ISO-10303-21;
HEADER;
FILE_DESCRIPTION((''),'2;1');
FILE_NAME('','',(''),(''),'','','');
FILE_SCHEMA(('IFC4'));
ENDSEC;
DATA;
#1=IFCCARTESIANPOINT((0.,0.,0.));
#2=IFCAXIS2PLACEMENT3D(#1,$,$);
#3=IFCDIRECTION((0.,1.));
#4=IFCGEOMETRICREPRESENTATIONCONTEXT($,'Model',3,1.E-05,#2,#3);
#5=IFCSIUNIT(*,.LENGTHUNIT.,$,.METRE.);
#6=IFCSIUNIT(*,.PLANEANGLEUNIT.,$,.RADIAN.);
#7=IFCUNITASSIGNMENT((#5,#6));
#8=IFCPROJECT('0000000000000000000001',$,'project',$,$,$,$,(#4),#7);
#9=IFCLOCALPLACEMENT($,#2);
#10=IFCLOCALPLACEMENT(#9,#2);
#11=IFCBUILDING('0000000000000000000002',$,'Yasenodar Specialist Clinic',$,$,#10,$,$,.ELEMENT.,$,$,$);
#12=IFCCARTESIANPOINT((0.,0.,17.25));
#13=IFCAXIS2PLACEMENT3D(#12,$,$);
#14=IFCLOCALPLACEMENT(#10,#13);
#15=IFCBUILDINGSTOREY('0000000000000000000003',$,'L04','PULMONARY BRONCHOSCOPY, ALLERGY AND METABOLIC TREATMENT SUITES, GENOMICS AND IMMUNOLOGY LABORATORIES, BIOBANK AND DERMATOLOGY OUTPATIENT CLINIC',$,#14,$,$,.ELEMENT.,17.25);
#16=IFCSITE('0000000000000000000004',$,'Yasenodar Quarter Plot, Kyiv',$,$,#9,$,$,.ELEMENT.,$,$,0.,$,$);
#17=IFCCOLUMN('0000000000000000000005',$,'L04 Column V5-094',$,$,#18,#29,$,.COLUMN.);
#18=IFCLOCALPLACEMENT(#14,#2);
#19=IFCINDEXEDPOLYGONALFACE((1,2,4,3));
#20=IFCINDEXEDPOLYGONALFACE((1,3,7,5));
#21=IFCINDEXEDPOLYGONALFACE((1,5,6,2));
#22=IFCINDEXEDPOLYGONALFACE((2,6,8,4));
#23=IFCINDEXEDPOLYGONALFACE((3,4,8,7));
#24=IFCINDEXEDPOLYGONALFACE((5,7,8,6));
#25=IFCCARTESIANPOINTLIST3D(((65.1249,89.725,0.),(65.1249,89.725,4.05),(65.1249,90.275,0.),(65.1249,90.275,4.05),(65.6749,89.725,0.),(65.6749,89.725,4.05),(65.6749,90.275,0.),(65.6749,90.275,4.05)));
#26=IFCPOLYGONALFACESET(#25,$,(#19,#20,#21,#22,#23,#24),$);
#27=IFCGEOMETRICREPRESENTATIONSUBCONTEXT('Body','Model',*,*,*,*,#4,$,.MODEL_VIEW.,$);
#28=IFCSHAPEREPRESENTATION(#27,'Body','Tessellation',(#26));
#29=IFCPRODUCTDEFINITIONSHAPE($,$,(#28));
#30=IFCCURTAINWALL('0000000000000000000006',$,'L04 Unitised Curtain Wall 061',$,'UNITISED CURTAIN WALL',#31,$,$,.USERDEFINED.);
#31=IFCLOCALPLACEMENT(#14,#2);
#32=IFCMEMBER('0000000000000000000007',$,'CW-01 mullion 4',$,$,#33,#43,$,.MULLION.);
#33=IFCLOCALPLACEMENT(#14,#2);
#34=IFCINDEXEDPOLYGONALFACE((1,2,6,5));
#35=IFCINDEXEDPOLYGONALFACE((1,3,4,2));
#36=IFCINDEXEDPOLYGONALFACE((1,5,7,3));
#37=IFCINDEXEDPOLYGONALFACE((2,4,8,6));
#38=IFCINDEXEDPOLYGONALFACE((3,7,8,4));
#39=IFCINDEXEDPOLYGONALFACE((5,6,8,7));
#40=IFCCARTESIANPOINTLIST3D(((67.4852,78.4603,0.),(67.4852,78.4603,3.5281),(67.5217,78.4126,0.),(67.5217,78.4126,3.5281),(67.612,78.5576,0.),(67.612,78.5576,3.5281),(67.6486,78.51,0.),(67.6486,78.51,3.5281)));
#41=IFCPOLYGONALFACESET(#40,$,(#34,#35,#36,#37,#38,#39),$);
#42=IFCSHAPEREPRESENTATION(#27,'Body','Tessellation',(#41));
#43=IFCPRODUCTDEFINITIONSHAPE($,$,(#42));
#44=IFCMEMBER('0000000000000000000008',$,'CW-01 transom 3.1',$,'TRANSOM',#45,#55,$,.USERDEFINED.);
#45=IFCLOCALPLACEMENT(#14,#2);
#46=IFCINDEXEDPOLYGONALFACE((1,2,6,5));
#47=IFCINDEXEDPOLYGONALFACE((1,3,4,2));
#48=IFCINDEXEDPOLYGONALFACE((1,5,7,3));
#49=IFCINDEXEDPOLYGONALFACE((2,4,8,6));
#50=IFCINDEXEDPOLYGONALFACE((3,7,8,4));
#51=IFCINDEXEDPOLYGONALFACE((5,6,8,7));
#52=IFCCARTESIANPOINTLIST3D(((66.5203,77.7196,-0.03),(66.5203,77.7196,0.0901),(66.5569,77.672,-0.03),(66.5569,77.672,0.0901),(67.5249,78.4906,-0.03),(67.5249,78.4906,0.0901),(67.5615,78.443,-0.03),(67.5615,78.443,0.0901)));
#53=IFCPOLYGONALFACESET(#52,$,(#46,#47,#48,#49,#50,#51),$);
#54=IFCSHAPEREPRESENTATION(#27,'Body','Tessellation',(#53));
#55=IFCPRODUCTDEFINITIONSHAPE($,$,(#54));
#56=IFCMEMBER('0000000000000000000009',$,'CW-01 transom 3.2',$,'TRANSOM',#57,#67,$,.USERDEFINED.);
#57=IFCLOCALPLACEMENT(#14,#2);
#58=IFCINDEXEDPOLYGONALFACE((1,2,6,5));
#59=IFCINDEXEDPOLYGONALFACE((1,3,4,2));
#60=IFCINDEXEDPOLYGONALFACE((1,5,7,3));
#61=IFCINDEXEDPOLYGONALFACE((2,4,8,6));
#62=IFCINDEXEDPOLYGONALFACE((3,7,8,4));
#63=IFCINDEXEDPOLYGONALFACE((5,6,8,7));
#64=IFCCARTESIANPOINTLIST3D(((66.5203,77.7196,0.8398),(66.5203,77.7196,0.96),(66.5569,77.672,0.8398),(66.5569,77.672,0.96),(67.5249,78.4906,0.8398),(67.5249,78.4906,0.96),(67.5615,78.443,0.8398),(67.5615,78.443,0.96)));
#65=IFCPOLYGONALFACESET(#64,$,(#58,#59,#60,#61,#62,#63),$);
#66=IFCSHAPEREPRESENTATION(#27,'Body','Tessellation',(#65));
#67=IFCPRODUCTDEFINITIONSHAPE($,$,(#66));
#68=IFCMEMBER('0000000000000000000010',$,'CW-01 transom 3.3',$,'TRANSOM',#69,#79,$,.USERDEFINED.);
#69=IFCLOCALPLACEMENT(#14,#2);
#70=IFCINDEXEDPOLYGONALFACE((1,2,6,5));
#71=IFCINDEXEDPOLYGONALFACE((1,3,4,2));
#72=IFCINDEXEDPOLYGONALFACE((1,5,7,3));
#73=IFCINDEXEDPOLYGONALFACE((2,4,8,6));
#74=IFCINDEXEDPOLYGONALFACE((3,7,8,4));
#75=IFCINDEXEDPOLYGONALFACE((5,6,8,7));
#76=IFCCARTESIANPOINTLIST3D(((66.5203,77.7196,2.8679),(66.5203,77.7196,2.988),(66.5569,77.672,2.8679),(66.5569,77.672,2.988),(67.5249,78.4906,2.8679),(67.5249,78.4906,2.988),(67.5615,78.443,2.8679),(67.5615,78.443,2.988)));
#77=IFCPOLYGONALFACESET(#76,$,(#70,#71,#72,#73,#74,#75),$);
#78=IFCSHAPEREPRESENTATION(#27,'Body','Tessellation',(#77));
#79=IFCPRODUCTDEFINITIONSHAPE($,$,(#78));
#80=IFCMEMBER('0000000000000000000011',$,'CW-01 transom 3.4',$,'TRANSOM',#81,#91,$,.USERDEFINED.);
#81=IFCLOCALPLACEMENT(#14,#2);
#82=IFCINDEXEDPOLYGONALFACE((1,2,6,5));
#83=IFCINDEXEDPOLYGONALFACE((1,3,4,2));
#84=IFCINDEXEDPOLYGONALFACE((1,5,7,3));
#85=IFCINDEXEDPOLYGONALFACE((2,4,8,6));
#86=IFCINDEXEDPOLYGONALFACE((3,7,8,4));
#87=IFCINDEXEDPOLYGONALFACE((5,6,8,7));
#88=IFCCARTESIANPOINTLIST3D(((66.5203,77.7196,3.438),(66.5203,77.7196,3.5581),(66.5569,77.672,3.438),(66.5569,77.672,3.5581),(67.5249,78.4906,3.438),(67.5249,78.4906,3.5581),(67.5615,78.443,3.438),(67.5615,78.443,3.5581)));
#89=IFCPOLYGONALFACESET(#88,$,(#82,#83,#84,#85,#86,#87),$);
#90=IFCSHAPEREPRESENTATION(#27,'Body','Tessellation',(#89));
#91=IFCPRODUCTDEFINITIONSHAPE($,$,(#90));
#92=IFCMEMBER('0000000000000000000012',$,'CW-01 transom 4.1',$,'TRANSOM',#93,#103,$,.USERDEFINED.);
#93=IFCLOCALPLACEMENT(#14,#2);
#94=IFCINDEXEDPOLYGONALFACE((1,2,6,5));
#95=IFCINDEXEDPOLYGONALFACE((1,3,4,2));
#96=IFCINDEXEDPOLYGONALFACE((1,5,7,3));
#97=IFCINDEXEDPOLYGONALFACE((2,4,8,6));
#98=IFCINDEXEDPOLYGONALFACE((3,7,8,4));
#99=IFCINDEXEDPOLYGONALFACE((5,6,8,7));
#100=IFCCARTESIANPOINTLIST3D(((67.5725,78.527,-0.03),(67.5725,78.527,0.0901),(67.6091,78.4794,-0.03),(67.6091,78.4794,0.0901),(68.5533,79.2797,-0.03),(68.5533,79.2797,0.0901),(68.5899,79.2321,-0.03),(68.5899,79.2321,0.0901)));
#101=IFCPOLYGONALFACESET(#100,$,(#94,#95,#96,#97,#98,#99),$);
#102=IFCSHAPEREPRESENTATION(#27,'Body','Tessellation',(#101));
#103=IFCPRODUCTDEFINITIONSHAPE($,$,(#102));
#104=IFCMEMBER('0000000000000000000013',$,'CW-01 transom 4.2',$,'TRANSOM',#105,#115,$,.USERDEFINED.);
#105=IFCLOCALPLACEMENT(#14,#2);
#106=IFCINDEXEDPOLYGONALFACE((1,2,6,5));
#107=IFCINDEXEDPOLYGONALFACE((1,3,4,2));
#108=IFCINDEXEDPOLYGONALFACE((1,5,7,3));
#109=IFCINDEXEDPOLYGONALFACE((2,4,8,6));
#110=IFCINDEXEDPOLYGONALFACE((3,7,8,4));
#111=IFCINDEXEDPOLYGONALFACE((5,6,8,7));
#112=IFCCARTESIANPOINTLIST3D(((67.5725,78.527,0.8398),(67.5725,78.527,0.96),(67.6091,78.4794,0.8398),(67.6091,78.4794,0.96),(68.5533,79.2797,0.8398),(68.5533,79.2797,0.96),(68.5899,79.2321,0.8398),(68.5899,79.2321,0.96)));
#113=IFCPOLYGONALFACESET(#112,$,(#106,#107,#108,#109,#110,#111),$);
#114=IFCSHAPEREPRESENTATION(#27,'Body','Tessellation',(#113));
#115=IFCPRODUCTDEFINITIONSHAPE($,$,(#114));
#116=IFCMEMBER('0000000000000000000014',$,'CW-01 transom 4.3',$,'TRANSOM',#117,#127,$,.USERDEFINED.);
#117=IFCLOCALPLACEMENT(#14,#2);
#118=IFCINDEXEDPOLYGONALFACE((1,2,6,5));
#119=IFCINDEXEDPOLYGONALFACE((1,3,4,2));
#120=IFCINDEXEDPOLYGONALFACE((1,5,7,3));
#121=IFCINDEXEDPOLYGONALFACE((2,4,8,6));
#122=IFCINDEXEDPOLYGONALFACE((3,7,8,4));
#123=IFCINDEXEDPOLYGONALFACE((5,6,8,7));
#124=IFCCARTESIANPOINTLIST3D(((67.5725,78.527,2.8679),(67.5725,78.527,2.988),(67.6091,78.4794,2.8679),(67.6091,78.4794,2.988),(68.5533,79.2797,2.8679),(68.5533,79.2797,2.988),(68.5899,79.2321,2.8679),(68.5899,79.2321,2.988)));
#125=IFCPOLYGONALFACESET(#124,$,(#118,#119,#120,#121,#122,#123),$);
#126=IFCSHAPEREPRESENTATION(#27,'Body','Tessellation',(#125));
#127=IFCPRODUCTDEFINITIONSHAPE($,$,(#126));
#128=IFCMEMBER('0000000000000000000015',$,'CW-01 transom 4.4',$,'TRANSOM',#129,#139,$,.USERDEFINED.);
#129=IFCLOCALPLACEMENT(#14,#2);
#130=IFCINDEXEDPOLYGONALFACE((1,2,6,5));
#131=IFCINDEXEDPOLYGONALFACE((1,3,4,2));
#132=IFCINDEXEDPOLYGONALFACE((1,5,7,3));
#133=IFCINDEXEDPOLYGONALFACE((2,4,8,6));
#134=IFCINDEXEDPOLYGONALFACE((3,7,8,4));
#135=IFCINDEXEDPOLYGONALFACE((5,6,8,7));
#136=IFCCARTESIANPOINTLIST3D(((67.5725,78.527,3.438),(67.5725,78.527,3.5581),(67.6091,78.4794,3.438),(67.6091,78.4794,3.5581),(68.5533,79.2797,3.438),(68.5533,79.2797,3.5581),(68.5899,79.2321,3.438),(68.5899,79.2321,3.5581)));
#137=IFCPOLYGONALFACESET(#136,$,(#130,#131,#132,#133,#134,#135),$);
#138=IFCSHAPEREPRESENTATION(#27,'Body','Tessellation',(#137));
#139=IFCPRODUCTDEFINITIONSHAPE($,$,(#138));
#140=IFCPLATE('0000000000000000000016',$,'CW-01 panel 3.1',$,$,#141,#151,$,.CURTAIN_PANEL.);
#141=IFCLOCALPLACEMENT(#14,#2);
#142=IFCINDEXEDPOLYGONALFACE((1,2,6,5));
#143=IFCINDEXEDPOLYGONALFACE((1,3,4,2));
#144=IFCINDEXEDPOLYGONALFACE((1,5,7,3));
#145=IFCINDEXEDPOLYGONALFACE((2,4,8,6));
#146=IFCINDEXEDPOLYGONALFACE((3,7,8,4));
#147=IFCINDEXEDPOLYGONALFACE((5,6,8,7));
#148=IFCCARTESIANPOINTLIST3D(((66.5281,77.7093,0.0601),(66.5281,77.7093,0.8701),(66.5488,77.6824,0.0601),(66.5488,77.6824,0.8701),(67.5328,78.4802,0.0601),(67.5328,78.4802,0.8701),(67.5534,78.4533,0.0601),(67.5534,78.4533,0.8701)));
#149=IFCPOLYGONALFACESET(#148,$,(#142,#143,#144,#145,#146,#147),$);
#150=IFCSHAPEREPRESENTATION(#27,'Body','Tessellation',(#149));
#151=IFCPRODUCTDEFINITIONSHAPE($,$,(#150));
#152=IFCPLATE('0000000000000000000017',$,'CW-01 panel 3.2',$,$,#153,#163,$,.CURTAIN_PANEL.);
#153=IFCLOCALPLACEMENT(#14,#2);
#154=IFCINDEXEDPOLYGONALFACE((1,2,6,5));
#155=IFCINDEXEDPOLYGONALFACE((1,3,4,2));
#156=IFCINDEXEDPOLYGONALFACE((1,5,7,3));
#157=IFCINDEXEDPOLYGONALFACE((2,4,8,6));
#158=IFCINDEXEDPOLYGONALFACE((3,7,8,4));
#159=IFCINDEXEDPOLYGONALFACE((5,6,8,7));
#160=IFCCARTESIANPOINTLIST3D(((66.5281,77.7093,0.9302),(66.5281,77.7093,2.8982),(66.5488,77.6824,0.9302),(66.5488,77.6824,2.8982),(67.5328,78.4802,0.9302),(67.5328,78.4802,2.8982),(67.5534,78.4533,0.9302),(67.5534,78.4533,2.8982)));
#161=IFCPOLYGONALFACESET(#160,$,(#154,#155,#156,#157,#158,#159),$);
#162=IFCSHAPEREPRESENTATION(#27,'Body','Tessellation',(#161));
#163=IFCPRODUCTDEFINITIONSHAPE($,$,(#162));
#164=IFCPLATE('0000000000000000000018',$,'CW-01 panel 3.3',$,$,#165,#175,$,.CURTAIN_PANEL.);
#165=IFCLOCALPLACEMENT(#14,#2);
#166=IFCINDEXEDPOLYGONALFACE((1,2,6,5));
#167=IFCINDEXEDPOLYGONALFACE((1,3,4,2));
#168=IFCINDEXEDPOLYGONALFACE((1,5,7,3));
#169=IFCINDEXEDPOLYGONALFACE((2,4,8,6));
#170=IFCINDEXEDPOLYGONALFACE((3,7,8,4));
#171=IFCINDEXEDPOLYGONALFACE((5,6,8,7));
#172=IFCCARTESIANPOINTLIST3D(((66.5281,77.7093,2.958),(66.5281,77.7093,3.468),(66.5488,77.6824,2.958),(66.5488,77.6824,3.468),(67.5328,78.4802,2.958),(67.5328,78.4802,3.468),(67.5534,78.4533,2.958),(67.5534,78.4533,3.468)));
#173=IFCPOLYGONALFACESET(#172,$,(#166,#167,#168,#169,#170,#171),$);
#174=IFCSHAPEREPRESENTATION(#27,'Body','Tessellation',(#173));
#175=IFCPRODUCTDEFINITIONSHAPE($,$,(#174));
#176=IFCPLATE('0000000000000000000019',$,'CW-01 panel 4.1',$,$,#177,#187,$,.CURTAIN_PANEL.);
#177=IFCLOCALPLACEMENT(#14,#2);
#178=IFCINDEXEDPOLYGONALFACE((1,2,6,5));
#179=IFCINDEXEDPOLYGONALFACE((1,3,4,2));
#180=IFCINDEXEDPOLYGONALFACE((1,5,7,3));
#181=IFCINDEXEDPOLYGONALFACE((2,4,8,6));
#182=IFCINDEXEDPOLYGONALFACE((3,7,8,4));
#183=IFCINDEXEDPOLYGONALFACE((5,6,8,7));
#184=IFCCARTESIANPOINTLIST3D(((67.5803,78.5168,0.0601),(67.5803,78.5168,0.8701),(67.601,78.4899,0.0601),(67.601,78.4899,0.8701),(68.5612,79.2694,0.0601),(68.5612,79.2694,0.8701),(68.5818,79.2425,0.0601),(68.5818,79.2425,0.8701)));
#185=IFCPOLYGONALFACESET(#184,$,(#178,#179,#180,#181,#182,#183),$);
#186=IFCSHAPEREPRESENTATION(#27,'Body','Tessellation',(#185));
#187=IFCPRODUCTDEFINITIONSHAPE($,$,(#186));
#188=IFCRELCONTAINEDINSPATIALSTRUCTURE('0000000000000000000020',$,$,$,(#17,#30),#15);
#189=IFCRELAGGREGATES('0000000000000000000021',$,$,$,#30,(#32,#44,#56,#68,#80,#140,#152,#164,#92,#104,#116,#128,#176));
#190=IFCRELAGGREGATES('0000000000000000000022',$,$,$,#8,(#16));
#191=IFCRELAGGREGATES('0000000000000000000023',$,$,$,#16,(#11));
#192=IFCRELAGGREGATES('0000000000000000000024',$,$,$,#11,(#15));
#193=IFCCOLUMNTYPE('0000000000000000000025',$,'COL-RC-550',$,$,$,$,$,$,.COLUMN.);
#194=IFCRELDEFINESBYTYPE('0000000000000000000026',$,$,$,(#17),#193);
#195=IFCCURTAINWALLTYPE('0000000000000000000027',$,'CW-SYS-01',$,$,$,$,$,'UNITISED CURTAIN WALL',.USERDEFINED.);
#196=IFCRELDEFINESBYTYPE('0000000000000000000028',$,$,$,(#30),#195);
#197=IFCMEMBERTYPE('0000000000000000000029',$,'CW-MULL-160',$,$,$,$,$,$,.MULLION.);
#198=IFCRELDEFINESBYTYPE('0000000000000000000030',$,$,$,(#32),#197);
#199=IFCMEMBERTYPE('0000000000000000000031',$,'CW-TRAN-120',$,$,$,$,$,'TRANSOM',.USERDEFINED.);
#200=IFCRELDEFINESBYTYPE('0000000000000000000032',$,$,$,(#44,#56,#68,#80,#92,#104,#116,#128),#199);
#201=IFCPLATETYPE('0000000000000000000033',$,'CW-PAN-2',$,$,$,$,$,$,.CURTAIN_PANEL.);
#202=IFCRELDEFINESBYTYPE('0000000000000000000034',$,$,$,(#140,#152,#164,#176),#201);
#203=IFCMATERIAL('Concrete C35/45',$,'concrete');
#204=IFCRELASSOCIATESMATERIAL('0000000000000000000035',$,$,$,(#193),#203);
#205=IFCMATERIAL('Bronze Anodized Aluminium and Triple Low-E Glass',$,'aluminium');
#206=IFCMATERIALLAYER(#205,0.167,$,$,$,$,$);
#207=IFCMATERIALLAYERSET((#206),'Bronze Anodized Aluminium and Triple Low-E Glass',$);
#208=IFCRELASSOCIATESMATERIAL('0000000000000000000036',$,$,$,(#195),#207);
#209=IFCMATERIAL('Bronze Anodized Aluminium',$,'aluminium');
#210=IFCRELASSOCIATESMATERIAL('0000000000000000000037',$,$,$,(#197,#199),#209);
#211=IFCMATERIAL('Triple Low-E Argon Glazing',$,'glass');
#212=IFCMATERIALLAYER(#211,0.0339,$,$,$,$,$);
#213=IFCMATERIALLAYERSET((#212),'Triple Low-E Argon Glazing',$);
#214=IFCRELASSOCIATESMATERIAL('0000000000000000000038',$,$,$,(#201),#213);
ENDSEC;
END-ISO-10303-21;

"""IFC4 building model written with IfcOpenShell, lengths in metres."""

from ifc_helpers import new_model, si_unit, direction, frame, origin, origin_2d, place, context, subcontext, project, spatial, rectangle, extrude, material, layer, layer_set, material_profile, profile_set, type_object, element, aggregate, save


model = new_model("IFC4")

# Units and contexts
model_context = context("Model", 3, precision=1e-05, world=origin(), true_north=direction((0.0, 1.0)))
body_context = subcontext(model_context, "Body", "Model", "MODEL_VIEW")
ifc_project = project(units=[si_unit("LENGTHUNIT", "METRE"), si_unit("PLANEANGLEUNIT", "RADIAN")], contexts=[model_context])

# Site, building, storey
site_placement = place(None, origin())
site = spatial("IfcSite", under=ifc_project, at=site_placement, Name="Yasenodar Quarter Plot, Kyiv", CompositionType="ELEMENT", RefElevation=0.0)
building_placement = place(site_placement, origin())
building = spatial("IfcBuilding", under=site, at=building_placement, Name="Yasenodar Specialist Clinic", CompositionType="ELEMENT")
storey_placement = place(building_placement, frame((0.0, 0.0, 17.25)))
storey = spatial("IfcBuildingStorey", under=building, at=storey_placement, Name="L04", Description="PULMONARY BRONCHOSCOPY, ALLERGY AND METABOLIC TREATMENT SUITES, GENOMICS AND IMMUNOLOGY LABORATORIES, BIOBANK AND DERMATOLOGY OUTPATIENT CLINIC", CompositionType="ELEMENT", Elevation=17.25)

# Column
ifc_material_1 = material(Name="Concrete C35/45", Category="concrete")
ifc_material_profile_1 = material_profile(ifc_material_1, rectangle(XDim=0.55, YDim=0.55, at=origin_2d()), Name="RC 550x550")
ifc_profile_set_1 = profile_set([ifc_material_profile_1], Name="Concrete C35/45")
column_type = type_object("IfcColumnType", Name="COL-RC-550", PredefinedType="COLUMN", material=ifc_profile_set_1)
column_placement = place(storey_placement, frame((65.3999, 90.0, 0.0), z_axis=(0.0, 0.0, 1.0), x_axis=(1.0, 0.0, 0.0)))
element("IfcColumn", 1, at=column_placement, inside=storey, type_object=column_type, Name="L04 Column V5-094", PredefinedType="COLUMN", context=body_context, shape_type="SweptSolid", body=[
    extrude(rectangle(XDim=0.55, YDim=0.55, at=origin_2d()), origin(), (0.0, 0.0, 1.0), 4.05),
])

# Curtain wall, members, plates
ifc_material_2 = material(Name="Bronze Anodized Aluminium and Triple Low-E Glass", Category="aluminium")
ifc_layer_1 = layer(ifc_material_2, 0.167)
ifc_layer_set_1 = layer_set([ifc_layer_1], Name="Bronze Anodized Aluminium and Triple Low-E Glass")
curtain_wall_type = type_object("IfcCurtainWallType", Name="CW-SYS-01", ElementType="UNITISED CURTAIN WALL", PredefinedType="USERDEFINED", material=ifc_layer_set_1)
curtain_wall_placement = place(storey_placement, origin())
curtain_wall = element("IfcCurtainWall", 2, at=curtain_wall_placement, inside=storey, type_object=curtain_wall_type, Name="L04 Unitised Curtain Wall 061", ObjectType="UNITISED CURTAIN WALL", PredefinedType="USERDEFINED")
ifc_material_3 = material(Name="Bronze Anodized Aluminium", Category="aluminium")
ifc_material_profile_2 = material_profile(ifc_material_3, rectangle(XDim=0.0601, YDim=0.1599, at=origin_2d()), Name="CW-MULL 60x160")
ifc_profile_set_2 = profile_set([ifc_material_profile_2], Name="Bronze Anodized Aluminium")
member_type_1 = type_object("IfcMemberType", Name="CW-MULL-160", PredefinedType="MULLION", material=ifc_profile_set_2)
member_1_placement = place(storey_placement, frame((67.5669, 78.4851, 0.0), z_axis=(0.0, 0.0, 1.0), x_axis=(-0.608752, 0.793361, 0.0)))
member_1 = element("IfcMember", 3, at=member_1_placement, type_object=member_type_1, Name="CW-01 mullion 4", PredefinedType="MULLION", context=body_context, shape_type="SweptSolid", body=[
    extrude(rectangle(XDim=0.0601, YDim=0.1599, at=origin_2d()), origin(), (0.0, 0.0, 1.0), 3.5281),
])
ifc_material_profile_3 = material_profile(ifc_material_3, rectangle(XDim=0.0601, YDim=0.1201, at=origin_2d()), Name="CW-TRAN 60x120")
ifc_profile_set_3 = profile_set([ifc_material_profile_3], Name="Bronze Anodized Aluminium")
member_type_2 = type_object("IfcMemberType", Name="CW-TRAN-120", ElementType="TRANSOM", PredefinedType="USERDEFINED", material=ifc_profile_set_3)
member_2_placement = place(storey_placement, frame((66.5386, 77.6958, 0.03), z_axis=(0.793311, 0.608816, 0.0), x_axis=(-0.608816, 0.793311, 0.0)))
member_2 = element("IfcMember", 4, at=member_2_placement, type_object=member_type_2, Name="CW-01 transom 3.1", ObjectType="TRANSOM", PredefinedType="USERDEFINED", context=body_context, shape_type="SweptSolid", body=[
    extrude(rectangle(XDim=0.0601, YDim=0.1201, at=origin_2d()), origin(), (0.0, 0.0, 1.0), 1.2664),
])
member_3_placement = place(storey_placement, frame((66.5386, 77.6958, 0.8999), z_axis=(0.793311, 0.608816, 0.0), x_axis=(-0.608816, 0.793311, 0.0)))
member_3 = element("IfcMember", 5, at=member_3_placement, type_object=member_type_2, Name="CW-01 transom 3.2", ObjectType="TRANSOM", PredefinedType="USERDEFINED", context=body_context, shape_type="SweptSolid", body=[
    extrude(rectangle(XDim=0.0601, YDim=0.1201, at=origin_2d()), origin(), (0.0, 0.0, 1.0), 1.2664),
])
member_4_placement = place(storey_placement, frame((66.5386, 77.6958, 2.928), z_axis=(0.793311, 0.608816, 0.0), x_axis=(-0.608816, 0.793311, 0.0)))
member_4 = element("IfcMember", 6, at=member_4_placement, type_object=member_type_2, Name="CW-01 transom 3.3", ObjectType="TRANSOM", PredefinedType="USERDEFINED", context=body_context, shape_type="SweptSolid", body=[
    extrude(rectangle(XDim=0.0601, YDim=0.1201, at=origin_2d()), origin(), (0.0, 0.0, 1.0), 1.2664),
])
member_5_placement = place(storey_placement, frame((66.5386, 77.6958, 3.498), z_axis=(0.793311, 0.608816, 0.0), x_axis=(-0.608816, 0.793311, 0.0)))
member_5 = element("IfcMember", 7, at=member_5_placement, type_object=member_type_2, Name="CW-01 transom 3.4", ObjectType="TRANSOM", PredefinedType="USERDEFINED", context=body_context, shape_type="SweptSolid", body=[
    extrude(rectangle(XDim=0.0601, YDim=0.1201, at=origin_2d()), origin(), (0.0, 0.0, 1.0), 1.2664),
])
member_6_placement = place(storey_placement, frame((67.5908, 78.5032, 0.03), z_axis=(0.793292, 0.608842, 0.0), x_axis=(-0.608842, 0.793292, 0.0)))
member_6 = element("IfcMember", 8, at=member_6_placement, type_object=member_type_2, Name="CW-01 transom 4.1", ObjectType="TRANSOM", PredefinedType="USERDEFINED", context=body_context, shape_type="SweptSolid", body=[
    extrude(rectangle(XDim=0.0601, YDim=0.1201, at=origin_2d()), origin(), (0.0, 0.0, 1.0), 1.2363),
])
member_7_placement = place(storey_placement, frame((67.5908, 78.5032, 0.8999), z_axis=(0.793292, 0.608842, 0.0), x_axis=(-0.608842, 0.793292, 0.0)))
member_7 = element("IfcMember", 9, at=member_7_placement, type_object=member_type_2, Name="CW-01 transom 4.2", ObjectType="TRANSOM", PredefinedType="USERDEFINED", context=body_context, shape_type="SweptSolid", body=[
    extrude(rectangle(XDim=0.0601, YDim=0.1201, at=origin_2d()), origin(), (0.0, 0.0, 1.0), 1.2363),
])
member_8_placement = place(storey_placement, frame((67.5908, 78.5032, 2.928), z_axis=(0.793292, 0.608842, 0.0), x_axis=(-0.608842, 0.793292, 0.0)))
member_8 = element("IfcMember", 10, at=member_8_placement, type_object=member_type_2, Name="CW-01 transom 4.3", ObjectType="TRANSOM", PredefinedType="USERDEFINED", context=body_context, shape_type="SweptSolid", body=[
    extrude(rectangle(XDim=0.0601, YDim=0.1201, at=origin_2d()), origin(), (0.0, 0.0, 1.0), 1.2363),
])
member_9_placement = place(storey_placement, frame((67.5908, 78.5032, 3.498), z_axis=(0.793292, 0.608842, 0.0), x_axis=(-0.608842, 0.793292, 0.0)))
member_9 = element("IfcMember", 11, at=member_9_placement, type_object=member_type_2, Name="CW-01 transom 4.4", ObjectType="TRANSOM", PredefinedType="USERDEFINED", context=body_context, shape_type="SweptSolid", body=[
    extrude(rectangle(XDim=0.0601, YDim=0.1201, at=origin_2d()), origin(), (0.0, 0.0, 1.0), 1.2363),
])
ifc_material_4 = material(Name="Triple Low-E Argon Glazing", Category="glass")
ifc_layer_2 = layer(ifc_material_4, 0.0339)
ifc_layer_set_2 = layer_set([ifc_layer_2], Name="Triple Low-E Argon Glazing")
plate_type_1 = type_object("IfcPlateType", Name="CW-PAN-2", PredefinedType="CURTAIN_PANEL", material=ifc_layer_set_2)
plate_1_placement = place(storey_placement, frame((67.0408, 78.0813, 0.0601), z_axis=(0.0, 0.0, 1.0), x_axis=(0.793361, 0.608752, 0.0)))
plate_1 = element("IfcPlate", 12, at=plate_1_placement, type_object=plate_type_1, Name="CW-01 panel 3.1", PredefinedType="CURTAIN_PANEL", context=body_context, shape_type="SweptSolid", body=[
    extrude(rectangle(XDim=1.2664, YDim=0.0339, at=origin_2d()), origin(), (0.0, 0.0, 1.0), 0.8101),
])
plate_2_placement = place(storey_placement, frame((67.0408, 78.0813, 0.9302), z_axis=(0.0, 0.0, 1.0), x_axis=(0.793361, 0.608752, 0.0)))
plate_2 = element("IfcPlate", 13, at=plate_2_placement, type_object=plate_type_1, Name="CW-01 panel 3.2", PredefinedType="CURTAIN_PANEL", context=body_context, shape_type="SweptSolid", body=[
    extrude(rectangle(XDim=1.2664, YDim=0.0339, at=origin_2d()), origin(), (0.0, 0.0, 1.0), 1.968),
])
plate_3_placement = place(storey_placement, frame((67.0408, 78.0813, 2.958), z_axis=(0.0, 0.0, 1.0), x_axis=(0.793361, 0.608752, 0.0)))
plate_3 = element("IfcPlate", 14, at=plate_3_placement, type_object=plate_type_1, Name="CW-01 panel 3.3", PredefinedType="CURTAIN_PANEL", context=body_context, shape_type="SweptSolid", body=[
    extrude(rectangle(XDim=1.2664, YDim=0.0339, at=origin_2d()), origin(), (0.0, 0.0, 1.0), 0.51),
])
plate_4_placement = place(storey_placement, frame((68.0811, 78.8796, 0.0601), z_axis=(0.0, 0.0, 1.0), x_axis=(0.793361, 0.608752, 0.0)))
plate_4 = element("IfcPlate", 15, at=plate_4_placement, type_object=plate_type_1, Name="CW-01 panel 4.1", PredefinedType="CURTAIN_PANEL", context=body_context, shape_type="SweptSolid", body=[
    extrude(rectangle(XDim=1.2363, YDim=0.0339, at=origin_2d()), origin(), (0.0, 0.0, 1.0), 0.8101),
])
aggregate(curtain_wall, [member_1, member_2, member_3, member_4, member_5, plate_1, plate_2, plate_3, member_6, member_7, member_8, member_9, plate_4])

save(model, "model.ifc")
